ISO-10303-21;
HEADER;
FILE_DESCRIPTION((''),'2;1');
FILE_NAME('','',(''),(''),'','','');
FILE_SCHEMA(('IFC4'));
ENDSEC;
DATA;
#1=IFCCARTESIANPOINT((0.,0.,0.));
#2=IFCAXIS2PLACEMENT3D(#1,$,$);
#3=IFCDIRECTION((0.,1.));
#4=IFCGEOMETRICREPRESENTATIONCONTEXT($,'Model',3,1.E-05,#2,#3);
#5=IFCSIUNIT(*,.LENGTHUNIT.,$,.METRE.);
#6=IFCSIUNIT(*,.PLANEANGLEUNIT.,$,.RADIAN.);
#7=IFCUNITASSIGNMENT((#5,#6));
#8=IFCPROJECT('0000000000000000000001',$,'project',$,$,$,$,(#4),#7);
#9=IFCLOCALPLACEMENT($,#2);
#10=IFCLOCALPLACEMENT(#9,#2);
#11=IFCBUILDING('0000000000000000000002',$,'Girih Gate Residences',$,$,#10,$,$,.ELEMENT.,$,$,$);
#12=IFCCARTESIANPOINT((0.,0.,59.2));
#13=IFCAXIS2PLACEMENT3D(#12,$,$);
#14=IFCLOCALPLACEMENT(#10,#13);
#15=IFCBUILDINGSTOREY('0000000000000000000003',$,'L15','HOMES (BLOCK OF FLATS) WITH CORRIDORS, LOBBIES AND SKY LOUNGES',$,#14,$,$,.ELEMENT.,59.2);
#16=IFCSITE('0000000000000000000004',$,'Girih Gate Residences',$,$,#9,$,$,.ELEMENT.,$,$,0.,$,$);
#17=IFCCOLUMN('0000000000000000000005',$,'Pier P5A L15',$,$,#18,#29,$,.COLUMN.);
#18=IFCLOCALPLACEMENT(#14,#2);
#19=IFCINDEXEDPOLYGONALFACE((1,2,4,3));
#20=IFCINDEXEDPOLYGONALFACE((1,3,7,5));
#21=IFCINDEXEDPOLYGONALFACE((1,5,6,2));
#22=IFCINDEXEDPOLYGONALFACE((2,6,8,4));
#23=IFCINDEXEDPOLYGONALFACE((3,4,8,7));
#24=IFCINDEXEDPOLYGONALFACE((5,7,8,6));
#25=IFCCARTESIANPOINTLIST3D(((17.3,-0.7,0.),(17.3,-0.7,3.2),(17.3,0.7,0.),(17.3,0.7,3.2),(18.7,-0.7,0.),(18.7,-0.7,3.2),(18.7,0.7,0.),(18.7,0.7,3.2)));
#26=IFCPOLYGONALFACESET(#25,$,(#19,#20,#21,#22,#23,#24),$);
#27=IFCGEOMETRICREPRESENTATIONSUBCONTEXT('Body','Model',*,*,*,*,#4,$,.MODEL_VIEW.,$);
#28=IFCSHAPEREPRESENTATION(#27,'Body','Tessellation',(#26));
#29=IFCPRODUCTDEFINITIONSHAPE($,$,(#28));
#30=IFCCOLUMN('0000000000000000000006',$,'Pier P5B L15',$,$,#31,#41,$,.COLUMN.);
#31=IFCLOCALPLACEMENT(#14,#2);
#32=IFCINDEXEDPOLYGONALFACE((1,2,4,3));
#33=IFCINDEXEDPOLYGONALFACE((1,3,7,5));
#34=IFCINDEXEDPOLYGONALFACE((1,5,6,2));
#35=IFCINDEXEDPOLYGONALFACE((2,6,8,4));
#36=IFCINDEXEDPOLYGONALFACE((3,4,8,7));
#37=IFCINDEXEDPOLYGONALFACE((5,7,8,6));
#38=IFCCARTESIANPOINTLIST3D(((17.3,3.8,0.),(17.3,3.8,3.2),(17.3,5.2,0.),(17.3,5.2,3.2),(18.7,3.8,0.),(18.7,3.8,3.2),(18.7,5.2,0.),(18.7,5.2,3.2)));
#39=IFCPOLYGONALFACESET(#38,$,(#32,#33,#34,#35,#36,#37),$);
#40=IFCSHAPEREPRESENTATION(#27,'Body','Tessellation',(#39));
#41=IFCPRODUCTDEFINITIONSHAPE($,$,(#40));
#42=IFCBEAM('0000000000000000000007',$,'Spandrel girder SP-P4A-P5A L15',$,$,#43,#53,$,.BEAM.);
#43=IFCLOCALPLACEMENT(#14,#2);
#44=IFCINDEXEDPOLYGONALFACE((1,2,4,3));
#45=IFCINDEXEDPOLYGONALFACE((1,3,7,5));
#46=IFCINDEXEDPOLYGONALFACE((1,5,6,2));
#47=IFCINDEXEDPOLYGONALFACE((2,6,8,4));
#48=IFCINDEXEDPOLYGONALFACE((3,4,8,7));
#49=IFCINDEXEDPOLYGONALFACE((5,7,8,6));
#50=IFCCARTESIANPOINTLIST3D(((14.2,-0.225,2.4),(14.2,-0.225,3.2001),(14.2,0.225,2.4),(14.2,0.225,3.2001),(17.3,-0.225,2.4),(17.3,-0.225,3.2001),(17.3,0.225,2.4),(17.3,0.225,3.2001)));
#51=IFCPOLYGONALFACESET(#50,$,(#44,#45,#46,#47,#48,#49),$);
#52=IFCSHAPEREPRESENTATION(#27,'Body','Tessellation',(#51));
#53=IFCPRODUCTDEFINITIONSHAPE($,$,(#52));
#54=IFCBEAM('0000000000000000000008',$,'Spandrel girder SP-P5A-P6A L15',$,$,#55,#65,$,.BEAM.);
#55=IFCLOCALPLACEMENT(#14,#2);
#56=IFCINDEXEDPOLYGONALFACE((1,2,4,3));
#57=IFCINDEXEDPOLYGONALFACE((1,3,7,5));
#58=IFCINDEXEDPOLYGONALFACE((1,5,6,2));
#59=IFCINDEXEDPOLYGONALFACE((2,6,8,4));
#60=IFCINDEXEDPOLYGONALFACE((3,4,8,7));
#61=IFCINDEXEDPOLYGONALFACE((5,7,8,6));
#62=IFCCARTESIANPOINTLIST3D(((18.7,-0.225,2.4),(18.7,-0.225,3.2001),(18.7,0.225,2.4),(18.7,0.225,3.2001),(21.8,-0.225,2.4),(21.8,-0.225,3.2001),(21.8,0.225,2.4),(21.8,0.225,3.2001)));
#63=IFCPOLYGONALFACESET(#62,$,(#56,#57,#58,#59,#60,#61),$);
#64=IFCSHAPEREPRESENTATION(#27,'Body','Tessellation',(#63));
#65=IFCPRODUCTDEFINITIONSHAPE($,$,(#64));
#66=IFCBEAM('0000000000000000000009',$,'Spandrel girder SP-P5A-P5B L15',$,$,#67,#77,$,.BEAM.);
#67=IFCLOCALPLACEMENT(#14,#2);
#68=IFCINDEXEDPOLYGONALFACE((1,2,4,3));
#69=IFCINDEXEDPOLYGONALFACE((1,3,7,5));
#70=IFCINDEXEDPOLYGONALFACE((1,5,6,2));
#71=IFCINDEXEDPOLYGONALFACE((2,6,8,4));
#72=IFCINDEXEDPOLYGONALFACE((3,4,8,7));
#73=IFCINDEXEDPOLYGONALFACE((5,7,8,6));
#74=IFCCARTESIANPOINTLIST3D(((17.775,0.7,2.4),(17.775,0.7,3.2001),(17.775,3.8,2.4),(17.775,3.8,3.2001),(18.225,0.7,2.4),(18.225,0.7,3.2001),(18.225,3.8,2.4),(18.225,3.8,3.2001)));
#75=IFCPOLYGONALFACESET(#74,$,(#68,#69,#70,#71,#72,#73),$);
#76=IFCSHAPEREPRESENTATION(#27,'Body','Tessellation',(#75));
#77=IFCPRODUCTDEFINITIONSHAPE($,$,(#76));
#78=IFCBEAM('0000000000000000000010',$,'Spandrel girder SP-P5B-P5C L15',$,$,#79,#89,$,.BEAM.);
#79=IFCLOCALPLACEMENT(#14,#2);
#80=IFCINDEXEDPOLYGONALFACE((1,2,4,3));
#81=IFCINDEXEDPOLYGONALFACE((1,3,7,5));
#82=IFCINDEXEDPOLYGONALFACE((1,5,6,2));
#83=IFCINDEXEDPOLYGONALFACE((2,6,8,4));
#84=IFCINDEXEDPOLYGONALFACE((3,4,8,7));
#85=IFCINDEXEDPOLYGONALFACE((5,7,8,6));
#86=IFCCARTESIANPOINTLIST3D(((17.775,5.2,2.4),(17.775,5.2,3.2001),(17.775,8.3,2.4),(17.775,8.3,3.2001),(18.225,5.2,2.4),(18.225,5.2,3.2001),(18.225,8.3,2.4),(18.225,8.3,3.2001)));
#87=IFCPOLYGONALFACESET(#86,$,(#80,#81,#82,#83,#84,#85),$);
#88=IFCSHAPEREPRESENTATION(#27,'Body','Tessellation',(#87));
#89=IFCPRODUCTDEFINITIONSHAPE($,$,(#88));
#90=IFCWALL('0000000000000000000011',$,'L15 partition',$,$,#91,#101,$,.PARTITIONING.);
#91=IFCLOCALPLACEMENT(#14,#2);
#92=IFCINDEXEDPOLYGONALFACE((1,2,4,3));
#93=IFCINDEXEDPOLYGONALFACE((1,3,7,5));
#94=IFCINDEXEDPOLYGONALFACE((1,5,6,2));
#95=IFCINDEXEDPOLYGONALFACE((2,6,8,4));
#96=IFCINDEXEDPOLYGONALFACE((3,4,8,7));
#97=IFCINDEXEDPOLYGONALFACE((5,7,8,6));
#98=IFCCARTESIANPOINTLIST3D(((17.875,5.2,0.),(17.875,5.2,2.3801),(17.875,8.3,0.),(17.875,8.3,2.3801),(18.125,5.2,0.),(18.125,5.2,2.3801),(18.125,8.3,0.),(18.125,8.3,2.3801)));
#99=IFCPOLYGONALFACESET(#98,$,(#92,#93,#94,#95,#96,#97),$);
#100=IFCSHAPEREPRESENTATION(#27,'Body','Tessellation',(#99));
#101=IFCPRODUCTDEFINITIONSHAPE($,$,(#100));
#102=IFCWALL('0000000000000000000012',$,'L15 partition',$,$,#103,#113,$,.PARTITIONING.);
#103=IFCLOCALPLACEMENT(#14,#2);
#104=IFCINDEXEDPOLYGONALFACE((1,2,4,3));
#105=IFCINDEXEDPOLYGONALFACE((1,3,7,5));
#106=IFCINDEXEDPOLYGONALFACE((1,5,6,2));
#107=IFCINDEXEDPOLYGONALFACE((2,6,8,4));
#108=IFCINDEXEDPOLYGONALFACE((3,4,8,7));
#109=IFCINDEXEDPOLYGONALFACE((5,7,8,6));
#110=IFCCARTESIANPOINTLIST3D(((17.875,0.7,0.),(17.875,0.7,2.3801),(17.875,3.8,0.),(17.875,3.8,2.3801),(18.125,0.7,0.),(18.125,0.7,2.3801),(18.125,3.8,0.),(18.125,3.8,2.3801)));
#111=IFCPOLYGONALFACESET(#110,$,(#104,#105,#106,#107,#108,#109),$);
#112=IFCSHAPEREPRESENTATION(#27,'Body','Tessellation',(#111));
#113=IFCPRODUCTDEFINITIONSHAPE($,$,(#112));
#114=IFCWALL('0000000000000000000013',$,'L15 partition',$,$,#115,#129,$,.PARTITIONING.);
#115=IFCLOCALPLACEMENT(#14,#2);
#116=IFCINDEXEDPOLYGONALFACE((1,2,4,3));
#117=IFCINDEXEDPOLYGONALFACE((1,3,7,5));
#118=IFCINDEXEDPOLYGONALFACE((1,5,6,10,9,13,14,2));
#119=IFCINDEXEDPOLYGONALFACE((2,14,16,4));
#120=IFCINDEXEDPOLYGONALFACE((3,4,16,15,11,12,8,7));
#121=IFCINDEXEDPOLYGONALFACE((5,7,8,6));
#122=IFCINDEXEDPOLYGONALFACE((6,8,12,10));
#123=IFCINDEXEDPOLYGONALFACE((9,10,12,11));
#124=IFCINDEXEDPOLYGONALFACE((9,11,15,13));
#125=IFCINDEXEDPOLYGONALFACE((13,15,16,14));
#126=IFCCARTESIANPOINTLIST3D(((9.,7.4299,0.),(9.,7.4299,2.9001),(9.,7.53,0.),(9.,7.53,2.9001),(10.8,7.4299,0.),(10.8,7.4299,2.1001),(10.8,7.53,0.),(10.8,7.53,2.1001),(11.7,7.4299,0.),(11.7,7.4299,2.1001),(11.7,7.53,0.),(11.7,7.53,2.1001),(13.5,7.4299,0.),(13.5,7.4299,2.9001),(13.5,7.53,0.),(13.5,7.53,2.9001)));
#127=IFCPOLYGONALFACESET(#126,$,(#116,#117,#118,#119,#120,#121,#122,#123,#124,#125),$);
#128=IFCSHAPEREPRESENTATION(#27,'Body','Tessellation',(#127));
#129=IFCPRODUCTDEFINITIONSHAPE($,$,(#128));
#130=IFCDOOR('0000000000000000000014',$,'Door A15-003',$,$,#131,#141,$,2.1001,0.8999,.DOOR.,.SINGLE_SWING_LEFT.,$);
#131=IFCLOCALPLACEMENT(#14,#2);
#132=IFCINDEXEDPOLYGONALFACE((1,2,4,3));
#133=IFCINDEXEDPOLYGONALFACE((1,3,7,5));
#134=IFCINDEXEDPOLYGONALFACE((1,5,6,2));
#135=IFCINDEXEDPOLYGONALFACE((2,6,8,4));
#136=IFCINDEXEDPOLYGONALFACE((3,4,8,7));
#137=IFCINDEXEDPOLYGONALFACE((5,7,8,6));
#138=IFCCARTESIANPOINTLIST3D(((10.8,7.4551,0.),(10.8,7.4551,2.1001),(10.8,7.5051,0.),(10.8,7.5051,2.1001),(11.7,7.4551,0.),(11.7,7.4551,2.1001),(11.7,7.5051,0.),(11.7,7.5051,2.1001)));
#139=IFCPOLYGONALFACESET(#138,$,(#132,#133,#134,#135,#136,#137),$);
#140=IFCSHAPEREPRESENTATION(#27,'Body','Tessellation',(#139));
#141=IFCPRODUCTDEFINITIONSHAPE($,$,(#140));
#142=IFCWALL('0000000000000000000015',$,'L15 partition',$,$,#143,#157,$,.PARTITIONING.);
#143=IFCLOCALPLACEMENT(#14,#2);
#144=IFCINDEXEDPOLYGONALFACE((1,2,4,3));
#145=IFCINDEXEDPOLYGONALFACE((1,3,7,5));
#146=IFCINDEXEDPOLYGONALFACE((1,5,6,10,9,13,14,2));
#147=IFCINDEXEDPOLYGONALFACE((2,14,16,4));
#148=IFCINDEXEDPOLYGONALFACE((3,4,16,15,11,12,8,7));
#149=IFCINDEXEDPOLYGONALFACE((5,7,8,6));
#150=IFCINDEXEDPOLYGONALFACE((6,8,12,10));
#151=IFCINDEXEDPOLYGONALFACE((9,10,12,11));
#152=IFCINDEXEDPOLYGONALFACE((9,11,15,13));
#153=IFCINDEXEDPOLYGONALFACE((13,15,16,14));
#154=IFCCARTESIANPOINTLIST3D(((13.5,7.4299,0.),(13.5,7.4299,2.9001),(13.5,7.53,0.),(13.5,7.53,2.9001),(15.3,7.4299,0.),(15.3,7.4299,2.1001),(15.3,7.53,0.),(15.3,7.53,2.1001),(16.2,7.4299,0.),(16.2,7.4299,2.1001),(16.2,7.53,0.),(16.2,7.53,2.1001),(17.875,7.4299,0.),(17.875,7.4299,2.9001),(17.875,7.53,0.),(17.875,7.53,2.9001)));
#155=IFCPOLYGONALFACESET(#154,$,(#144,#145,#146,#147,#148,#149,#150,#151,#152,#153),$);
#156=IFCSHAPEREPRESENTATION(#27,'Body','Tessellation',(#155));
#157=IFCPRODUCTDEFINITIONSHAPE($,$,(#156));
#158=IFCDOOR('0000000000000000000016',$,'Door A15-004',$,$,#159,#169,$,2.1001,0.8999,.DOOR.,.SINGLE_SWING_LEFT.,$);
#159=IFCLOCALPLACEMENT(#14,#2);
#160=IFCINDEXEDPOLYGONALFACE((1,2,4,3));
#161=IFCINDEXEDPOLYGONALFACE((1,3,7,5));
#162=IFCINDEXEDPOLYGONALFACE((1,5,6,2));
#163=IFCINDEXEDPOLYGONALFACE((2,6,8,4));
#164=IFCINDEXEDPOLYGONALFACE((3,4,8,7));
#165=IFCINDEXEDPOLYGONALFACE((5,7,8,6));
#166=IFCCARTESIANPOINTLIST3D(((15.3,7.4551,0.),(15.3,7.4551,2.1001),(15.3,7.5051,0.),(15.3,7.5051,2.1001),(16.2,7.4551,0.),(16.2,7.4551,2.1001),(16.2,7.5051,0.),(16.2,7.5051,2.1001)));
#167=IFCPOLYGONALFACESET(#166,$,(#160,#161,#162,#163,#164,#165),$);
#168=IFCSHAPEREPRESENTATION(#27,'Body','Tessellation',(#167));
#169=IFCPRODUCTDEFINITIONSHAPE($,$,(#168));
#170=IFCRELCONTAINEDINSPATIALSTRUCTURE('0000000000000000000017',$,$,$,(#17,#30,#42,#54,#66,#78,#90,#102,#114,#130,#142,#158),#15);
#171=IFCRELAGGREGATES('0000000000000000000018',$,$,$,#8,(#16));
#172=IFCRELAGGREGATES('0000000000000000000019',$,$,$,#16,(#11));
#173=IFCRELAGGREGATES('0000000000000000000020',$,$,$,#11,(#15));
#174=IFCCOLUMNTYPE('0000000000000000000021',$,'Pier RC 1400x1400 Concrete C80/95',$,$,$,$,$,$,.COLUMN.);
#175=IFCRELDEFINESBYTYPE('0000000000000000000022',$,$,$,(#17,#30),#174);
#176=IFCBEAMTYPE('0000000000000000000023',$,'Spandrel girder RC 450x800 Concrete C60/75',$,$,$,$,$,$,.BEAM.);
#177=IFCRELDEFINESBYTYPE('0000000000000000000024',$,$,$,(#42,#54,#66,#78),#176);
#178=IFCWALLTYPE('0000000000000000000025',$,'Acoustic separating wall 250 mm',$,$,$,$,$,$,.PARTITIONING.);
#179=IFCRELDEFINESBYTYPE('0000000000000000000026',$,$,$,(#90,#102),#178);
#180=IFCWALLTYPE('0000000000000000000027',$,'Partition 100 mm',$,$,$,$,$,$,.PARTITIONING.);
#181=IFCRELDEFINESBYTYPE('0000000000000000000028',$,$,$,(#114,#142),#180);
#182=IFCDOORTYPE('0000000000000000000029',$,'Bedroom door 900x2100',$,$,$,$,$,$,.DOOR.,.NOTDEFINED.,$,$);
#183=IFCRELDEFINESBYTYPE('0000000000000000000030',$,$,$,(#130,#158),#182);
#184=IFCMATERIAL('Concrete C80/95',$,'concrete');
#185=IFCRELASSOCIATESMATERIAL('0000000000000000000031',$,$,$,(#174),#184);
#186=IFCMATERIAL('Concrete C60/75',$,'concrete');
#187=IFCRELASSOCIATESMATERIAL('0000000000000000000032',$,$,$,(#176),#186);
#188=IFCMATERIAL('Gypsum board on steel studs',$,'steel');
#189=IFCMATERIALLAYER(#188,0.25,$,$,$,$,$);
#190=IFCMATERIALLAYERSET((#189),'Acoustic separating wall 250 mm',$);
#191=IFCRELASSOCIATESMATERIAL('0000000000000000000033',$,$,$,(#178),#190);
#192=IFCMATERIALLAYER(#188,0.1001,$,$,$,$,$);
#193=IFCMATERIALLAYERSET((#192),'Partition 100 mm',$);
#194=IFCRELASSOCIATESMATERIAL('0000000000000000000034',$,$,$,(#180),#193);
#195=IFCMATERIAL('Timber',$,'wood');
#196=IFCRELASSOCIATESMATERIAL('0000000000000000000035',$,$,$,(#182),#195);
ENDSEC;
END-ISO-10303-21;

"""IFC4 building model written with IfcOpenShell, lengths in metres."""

from ifc_helpers import new_model, si_unit, direction, frame, frame_2d, origin, origin_2d, place, context, subcontext, project, spatial, rectangle, extrude, material, layer, layer_set, material_profile, profile_set, type_object, element, fill, save


model = new_model("IFC4")

# Units and contexts
model_context = context("Model", 3, precision=1e-05, world=origin(), true_north=direction((0.0, 1.0)))
body_context = subcontext(model_context, "Body", "Model", "MODEL_VIEW")
ifc_project = project(units=[si_unit("LENGTHUNIT", "METRE"), si_unit("PLANEANGLEUNIT", "RADIAN")], contexts=[model_context])

# Site, building, storey
site_placement = place(None, origin())
site = spatial("IfcSite", under=ifc_project, at=site_placement, Name="Girih Gate Residences", CompositionType="ELEMENT", RefElevation=0.0)
building_placement = place(site_placement, origin())
building = spatial("IfcBuilding", under=site, at=building_placement, Name="Girih Gate Residences", CompositionType="ELEMENT")
storey_placement = place(building_placement, frame((0.0, 0.0, 59.2)))
storey = spatial("IfcBuildingStorey", under=building, at=storey_placement, Name="L15", Description="HOMES (BLOCK OF FLATS) WITH CORRIDORS, LOBBIES AND SKY LOUNGES", CompositionType="ELEMENT", Elevation=59.2)

# Columns
ifc_material_1 = material(Name="Concrete C80/95", Category="concrete")
ifc_material_profile_1 = material_profile(ifc_material_1, rectangle(XDim=1.3999, YDim=1.3999, at=origin_2d()))
ifc_profile_set_1 = profile_set([ifc_material_profile_1], Name="Concrete C80/95")
column_type = type_object("IfcColumnType", Name="Pier RC 1400x1400 Concrete C80/95", PredefinedType="COLUMN", material=ifc_profile_set_1)
for number, where, z_axis, x_axis, name in (
    (1, (18.0, 0.0, 0.0), (0.0, 0.0, 1.0), (1.0, 0.0, 0.0), "Pier P5A L15"),
    (2, (18.0, 4.5, 0.0), (0.0, 0.0, 1.0), (1.0, 0.0, 0.0), "Pier P5B L15"),
):
    element("IfcColumn", number, at=place(storey_placement, frame(where, z_axis=z_axis, x_axis=x_axis)), inside=storey, type_object=column_type, Name=name, PredefinedType="COLUMN", context=body_context, shape_type="SweptSolid", body=[
        extrude(rectangle(XDim=1.3999, YDim=1.3999, at=origin_2d()), origin(), (0.0, 0.0, 1.0), 3.2),
    ])

# Beams
ifc_material_2 = material(Name="Concrete C60/75", Category="concrete")
ifc_material_profile_2 = material_profile(ifc_material_2, rectangle(XDim=0.45, YDim=0.8, at=origin_2d()))
ifc_profile_set_2 = profile_set([ifc_material_profile_2], Name="Concrete C60/75")
beam_type = type_object("IfcBeamType", Name="Spandrel girder RC 450x800 Concrete C60/75", PredefinedType="BEAM", material=ifc_profile_set_2)
for number, where, z_axis, x_axis, name in (
    (3, (14.2, 0.0, 2.8), (1.0, 0.0, 0.0), (0.0, 1.0, 0.0), "Spandrel girder SP-P4A-P5A L15"),
    (4, (18.7, 0.0, 2.8), (1.0, 0.0, 0.0), (0.0, 1.0, 0.0), "Spandrel girder SP-P5A-P6A L15"),
    (5, (18.0, 0.7, 2.8), (0.0, 1.0, 0.0), (-1.0, 0.0, 0.0), "Spandrel girder SP-P5A-P5B L15"),
    (6, (18.0, 5.2, 2.8), (0.0, 1.0, 0.0), (-1.0, 0.0, 0.0), "Spandrel girder SP-P5B-P5C L15"),
):
    element("IfcBeam", number, at=place(storey_placement, frame(where, z_axis=z_axis, x_axis=x_axis)), inside=storey, type_object=beam_type, Name=name, PredefinedType="BEAM", context=body_context, shape_type="SweptSolid", body=[
        extrude(rectangle(XDim=0.45, YDim=0.8, at=origin_2d()), origin(), (0.0, 0.0, 1.0), 3.1001),
    ])

# Walls
ifc_material_3 = material(Name="Gypsum board on steel studs", Category="steel")
ifc_layer_1 = layer(ifc_material_3, 0.25)
ifc_layer_set_1 = layer_set([ifc_layer_1], Name="Acoustic separating wall 250 mm")
wall_type_1 = type_object("IfcWallType", Name="Acoustic separating wall 250 mm", PredefinedType="PARTITIONING", material=ifc_layer_set_1)
for number, where, z_axis, x_axis, name in (
    (7, (18.0, 5.2, 0.0), (0.0, 0.0, 1.0), (0.0, 1.0, 0.0), "L15 partition"),
    (8, (18.0, 0.7, 0.0), (0.0, 0.0, 1.0), (0.0, 1.0, 0.0), "L15 partition"),
):
    element("IfcWall", number, at=place(storey_placement, frame(where, z_axis=z_axis, x_axis=x_axis)), inside=storey, type_object=wall_type_1, Name=name, PredefinedType="PARTITIONING", context=body_context, shape_type="SweptSolid", body=[
        extrude(rectangle(XDim=3.1001, YDim=0.25, at=frame_2d((1.55, 0.0))), origin(), (0.0, 0.0, 1.0), 2.3801),
    ])

# Walls, openings, doors
ifc_layer_2 = layer(ifc_material_3, 0.1001)
ifc_layer_set_2 = layer_set([ifc_layer_2], Name="Partition 100 mm")
wall_type_2 = type_object("IfcWallType", Name="Partition 100 mm", PredefinedType="PARTITIONING", material=ifc_layer_set_2)
wall_1_placement = place(storey_placement, frame((13.5, 7.48, 0.0), z_axis=(0.0, 0.0, 1.0), x_axis=(-1.0, 0.0, 0.0)))
wall_1 = element("IfcWall", 9, at=wall_1_placement, inside=storey, type_object=wall_type_2, Name="L15 partition", PredefinedType="PARTITIONING", context=body_context, shape_type="SweptSolid", body=[
    extrude(rectangle(XDim=4.5, YDim=0.1001, at=frame_2d((2.25, 0.0))), origin(), (0.0, 0.0, 1.0), 2.9001),
])
opening_1_placement = place(wall_1_placement, frame((1.8, 0.0, 0.0)))
opening_1 = element("IfcOpeningElement", 10, at=opening_1_placement, cuts=wall_1, PredefinedType="OPENING", context=body_context, shape_type="SweptSolid", body=[
    extrude(rectangle(XDim=0.8999, YDim=2.1001, at=frame_2d((0.45, 1.05))), frame((0.0, 0.0601, 0.0), z_axis=(0.0, -1.0, 0.0), x_axis=(1.0, 0.0, 0.0)), (0.0, 0.0, 1.0), 0.1201),
])
ifc_material_4 = material(Name="Timber", Category="wood")
door_type = type_object("IfcDoorType", Name="Bedroom door 900x2100", OperationType="NOTDEFINED", PredefinedType="DOOR", material=ifc_material_4)
door_1_placement = place(opening_1_placement, origin())
door_1 = element("IfcDoor", 11, at=door_1_placement, inside=storey, type_object=door_type, Name="Door A15-003", OperationType="SINGLE_SWING_LEFT", OverallHeight=2.1001, OverallWidth=0.8999, PredefinedType="DOOR", context=body_context, shape_type="SweptSolid", body=[
    extrude(rectangle(XDim=0.8999, YDim=2.1001, at=frame_2d((0.45, 1.05))), frame((0.0, 0.0249, 0.0), z_axis=(0.0, -1.0, 0.0), x_axis=(1.0, 0.0, 0.0)), (0.0, 0.0, 1.0), 0.05),
])
fill(opening_1, door_1)
wall_2_placement = place(storey_placement, frame((17.875, 7.48, 0.0), z_axis=(0.0, 0.0, 1.0), x_axis=(-1.0, 0.0, 0.0)))
wall_2 = element("IfcWall", 12, at=wall_2_placement, inside=storey, type_object=wall_type_2, Name="L15 partition", PredefinedType="PARTITIONING", context=body_context, shape_type="SweptSolid", body=[
    extrude(rectangle(XDim=4.375, YDim=0.1001, at=frame_2d((2.1875, 0.0))), origin(), (0.0, 0.0, 1.0), 2.9001),
])
opening_2_placement = place(wall_2_placement, frame((1.675, 0.0, 0.0)))
opening_2 = element("IfcOpeningElement", 13, at=opening_2_placement, cuts=wall_2, PredefinedType="OPENING", context=body_context, shape_type="SweptSolid", body=[
    extrude(rectangle(XDim=0.8999, YDim=2.1001, at=frame_2d((0.45, 1.05))), frame((0.0, 0.0601, 0.0), z_axis=(0.0, -1.0, 0.0), x_axis=(1.0, 0.0, 0.0)), (0.0, 0.0, 1.0), 0.1201),
])
door_2_placement = place(opening_2_placement, origin())
door_2 = element("IfcDoor", 14, at=door_2_placement, inside=storey, type_object=door_type, Name="Door A15-004", OperationType="SINGLE_SWING_LEFT", OverallHeight=2.1001, OverallWidth=0.8999, PredefinedType="DOOR", context=body_context, shape_type="SweptSolid", body=[
    extrude(rectangle(XDim=0.8999, YDim=2.1001, at=frame_2d((0.45, 1.05))), frame((0.0, 0.0249, 0.0), z_axis=(0.0, -1.0, 0.0), x_axis=(1.0, 0.0, 0.0)), (0.0, 0.0, 1.0), 0.05),
])
fill(opening_2, door_2)

save(model, "model.ifc")
